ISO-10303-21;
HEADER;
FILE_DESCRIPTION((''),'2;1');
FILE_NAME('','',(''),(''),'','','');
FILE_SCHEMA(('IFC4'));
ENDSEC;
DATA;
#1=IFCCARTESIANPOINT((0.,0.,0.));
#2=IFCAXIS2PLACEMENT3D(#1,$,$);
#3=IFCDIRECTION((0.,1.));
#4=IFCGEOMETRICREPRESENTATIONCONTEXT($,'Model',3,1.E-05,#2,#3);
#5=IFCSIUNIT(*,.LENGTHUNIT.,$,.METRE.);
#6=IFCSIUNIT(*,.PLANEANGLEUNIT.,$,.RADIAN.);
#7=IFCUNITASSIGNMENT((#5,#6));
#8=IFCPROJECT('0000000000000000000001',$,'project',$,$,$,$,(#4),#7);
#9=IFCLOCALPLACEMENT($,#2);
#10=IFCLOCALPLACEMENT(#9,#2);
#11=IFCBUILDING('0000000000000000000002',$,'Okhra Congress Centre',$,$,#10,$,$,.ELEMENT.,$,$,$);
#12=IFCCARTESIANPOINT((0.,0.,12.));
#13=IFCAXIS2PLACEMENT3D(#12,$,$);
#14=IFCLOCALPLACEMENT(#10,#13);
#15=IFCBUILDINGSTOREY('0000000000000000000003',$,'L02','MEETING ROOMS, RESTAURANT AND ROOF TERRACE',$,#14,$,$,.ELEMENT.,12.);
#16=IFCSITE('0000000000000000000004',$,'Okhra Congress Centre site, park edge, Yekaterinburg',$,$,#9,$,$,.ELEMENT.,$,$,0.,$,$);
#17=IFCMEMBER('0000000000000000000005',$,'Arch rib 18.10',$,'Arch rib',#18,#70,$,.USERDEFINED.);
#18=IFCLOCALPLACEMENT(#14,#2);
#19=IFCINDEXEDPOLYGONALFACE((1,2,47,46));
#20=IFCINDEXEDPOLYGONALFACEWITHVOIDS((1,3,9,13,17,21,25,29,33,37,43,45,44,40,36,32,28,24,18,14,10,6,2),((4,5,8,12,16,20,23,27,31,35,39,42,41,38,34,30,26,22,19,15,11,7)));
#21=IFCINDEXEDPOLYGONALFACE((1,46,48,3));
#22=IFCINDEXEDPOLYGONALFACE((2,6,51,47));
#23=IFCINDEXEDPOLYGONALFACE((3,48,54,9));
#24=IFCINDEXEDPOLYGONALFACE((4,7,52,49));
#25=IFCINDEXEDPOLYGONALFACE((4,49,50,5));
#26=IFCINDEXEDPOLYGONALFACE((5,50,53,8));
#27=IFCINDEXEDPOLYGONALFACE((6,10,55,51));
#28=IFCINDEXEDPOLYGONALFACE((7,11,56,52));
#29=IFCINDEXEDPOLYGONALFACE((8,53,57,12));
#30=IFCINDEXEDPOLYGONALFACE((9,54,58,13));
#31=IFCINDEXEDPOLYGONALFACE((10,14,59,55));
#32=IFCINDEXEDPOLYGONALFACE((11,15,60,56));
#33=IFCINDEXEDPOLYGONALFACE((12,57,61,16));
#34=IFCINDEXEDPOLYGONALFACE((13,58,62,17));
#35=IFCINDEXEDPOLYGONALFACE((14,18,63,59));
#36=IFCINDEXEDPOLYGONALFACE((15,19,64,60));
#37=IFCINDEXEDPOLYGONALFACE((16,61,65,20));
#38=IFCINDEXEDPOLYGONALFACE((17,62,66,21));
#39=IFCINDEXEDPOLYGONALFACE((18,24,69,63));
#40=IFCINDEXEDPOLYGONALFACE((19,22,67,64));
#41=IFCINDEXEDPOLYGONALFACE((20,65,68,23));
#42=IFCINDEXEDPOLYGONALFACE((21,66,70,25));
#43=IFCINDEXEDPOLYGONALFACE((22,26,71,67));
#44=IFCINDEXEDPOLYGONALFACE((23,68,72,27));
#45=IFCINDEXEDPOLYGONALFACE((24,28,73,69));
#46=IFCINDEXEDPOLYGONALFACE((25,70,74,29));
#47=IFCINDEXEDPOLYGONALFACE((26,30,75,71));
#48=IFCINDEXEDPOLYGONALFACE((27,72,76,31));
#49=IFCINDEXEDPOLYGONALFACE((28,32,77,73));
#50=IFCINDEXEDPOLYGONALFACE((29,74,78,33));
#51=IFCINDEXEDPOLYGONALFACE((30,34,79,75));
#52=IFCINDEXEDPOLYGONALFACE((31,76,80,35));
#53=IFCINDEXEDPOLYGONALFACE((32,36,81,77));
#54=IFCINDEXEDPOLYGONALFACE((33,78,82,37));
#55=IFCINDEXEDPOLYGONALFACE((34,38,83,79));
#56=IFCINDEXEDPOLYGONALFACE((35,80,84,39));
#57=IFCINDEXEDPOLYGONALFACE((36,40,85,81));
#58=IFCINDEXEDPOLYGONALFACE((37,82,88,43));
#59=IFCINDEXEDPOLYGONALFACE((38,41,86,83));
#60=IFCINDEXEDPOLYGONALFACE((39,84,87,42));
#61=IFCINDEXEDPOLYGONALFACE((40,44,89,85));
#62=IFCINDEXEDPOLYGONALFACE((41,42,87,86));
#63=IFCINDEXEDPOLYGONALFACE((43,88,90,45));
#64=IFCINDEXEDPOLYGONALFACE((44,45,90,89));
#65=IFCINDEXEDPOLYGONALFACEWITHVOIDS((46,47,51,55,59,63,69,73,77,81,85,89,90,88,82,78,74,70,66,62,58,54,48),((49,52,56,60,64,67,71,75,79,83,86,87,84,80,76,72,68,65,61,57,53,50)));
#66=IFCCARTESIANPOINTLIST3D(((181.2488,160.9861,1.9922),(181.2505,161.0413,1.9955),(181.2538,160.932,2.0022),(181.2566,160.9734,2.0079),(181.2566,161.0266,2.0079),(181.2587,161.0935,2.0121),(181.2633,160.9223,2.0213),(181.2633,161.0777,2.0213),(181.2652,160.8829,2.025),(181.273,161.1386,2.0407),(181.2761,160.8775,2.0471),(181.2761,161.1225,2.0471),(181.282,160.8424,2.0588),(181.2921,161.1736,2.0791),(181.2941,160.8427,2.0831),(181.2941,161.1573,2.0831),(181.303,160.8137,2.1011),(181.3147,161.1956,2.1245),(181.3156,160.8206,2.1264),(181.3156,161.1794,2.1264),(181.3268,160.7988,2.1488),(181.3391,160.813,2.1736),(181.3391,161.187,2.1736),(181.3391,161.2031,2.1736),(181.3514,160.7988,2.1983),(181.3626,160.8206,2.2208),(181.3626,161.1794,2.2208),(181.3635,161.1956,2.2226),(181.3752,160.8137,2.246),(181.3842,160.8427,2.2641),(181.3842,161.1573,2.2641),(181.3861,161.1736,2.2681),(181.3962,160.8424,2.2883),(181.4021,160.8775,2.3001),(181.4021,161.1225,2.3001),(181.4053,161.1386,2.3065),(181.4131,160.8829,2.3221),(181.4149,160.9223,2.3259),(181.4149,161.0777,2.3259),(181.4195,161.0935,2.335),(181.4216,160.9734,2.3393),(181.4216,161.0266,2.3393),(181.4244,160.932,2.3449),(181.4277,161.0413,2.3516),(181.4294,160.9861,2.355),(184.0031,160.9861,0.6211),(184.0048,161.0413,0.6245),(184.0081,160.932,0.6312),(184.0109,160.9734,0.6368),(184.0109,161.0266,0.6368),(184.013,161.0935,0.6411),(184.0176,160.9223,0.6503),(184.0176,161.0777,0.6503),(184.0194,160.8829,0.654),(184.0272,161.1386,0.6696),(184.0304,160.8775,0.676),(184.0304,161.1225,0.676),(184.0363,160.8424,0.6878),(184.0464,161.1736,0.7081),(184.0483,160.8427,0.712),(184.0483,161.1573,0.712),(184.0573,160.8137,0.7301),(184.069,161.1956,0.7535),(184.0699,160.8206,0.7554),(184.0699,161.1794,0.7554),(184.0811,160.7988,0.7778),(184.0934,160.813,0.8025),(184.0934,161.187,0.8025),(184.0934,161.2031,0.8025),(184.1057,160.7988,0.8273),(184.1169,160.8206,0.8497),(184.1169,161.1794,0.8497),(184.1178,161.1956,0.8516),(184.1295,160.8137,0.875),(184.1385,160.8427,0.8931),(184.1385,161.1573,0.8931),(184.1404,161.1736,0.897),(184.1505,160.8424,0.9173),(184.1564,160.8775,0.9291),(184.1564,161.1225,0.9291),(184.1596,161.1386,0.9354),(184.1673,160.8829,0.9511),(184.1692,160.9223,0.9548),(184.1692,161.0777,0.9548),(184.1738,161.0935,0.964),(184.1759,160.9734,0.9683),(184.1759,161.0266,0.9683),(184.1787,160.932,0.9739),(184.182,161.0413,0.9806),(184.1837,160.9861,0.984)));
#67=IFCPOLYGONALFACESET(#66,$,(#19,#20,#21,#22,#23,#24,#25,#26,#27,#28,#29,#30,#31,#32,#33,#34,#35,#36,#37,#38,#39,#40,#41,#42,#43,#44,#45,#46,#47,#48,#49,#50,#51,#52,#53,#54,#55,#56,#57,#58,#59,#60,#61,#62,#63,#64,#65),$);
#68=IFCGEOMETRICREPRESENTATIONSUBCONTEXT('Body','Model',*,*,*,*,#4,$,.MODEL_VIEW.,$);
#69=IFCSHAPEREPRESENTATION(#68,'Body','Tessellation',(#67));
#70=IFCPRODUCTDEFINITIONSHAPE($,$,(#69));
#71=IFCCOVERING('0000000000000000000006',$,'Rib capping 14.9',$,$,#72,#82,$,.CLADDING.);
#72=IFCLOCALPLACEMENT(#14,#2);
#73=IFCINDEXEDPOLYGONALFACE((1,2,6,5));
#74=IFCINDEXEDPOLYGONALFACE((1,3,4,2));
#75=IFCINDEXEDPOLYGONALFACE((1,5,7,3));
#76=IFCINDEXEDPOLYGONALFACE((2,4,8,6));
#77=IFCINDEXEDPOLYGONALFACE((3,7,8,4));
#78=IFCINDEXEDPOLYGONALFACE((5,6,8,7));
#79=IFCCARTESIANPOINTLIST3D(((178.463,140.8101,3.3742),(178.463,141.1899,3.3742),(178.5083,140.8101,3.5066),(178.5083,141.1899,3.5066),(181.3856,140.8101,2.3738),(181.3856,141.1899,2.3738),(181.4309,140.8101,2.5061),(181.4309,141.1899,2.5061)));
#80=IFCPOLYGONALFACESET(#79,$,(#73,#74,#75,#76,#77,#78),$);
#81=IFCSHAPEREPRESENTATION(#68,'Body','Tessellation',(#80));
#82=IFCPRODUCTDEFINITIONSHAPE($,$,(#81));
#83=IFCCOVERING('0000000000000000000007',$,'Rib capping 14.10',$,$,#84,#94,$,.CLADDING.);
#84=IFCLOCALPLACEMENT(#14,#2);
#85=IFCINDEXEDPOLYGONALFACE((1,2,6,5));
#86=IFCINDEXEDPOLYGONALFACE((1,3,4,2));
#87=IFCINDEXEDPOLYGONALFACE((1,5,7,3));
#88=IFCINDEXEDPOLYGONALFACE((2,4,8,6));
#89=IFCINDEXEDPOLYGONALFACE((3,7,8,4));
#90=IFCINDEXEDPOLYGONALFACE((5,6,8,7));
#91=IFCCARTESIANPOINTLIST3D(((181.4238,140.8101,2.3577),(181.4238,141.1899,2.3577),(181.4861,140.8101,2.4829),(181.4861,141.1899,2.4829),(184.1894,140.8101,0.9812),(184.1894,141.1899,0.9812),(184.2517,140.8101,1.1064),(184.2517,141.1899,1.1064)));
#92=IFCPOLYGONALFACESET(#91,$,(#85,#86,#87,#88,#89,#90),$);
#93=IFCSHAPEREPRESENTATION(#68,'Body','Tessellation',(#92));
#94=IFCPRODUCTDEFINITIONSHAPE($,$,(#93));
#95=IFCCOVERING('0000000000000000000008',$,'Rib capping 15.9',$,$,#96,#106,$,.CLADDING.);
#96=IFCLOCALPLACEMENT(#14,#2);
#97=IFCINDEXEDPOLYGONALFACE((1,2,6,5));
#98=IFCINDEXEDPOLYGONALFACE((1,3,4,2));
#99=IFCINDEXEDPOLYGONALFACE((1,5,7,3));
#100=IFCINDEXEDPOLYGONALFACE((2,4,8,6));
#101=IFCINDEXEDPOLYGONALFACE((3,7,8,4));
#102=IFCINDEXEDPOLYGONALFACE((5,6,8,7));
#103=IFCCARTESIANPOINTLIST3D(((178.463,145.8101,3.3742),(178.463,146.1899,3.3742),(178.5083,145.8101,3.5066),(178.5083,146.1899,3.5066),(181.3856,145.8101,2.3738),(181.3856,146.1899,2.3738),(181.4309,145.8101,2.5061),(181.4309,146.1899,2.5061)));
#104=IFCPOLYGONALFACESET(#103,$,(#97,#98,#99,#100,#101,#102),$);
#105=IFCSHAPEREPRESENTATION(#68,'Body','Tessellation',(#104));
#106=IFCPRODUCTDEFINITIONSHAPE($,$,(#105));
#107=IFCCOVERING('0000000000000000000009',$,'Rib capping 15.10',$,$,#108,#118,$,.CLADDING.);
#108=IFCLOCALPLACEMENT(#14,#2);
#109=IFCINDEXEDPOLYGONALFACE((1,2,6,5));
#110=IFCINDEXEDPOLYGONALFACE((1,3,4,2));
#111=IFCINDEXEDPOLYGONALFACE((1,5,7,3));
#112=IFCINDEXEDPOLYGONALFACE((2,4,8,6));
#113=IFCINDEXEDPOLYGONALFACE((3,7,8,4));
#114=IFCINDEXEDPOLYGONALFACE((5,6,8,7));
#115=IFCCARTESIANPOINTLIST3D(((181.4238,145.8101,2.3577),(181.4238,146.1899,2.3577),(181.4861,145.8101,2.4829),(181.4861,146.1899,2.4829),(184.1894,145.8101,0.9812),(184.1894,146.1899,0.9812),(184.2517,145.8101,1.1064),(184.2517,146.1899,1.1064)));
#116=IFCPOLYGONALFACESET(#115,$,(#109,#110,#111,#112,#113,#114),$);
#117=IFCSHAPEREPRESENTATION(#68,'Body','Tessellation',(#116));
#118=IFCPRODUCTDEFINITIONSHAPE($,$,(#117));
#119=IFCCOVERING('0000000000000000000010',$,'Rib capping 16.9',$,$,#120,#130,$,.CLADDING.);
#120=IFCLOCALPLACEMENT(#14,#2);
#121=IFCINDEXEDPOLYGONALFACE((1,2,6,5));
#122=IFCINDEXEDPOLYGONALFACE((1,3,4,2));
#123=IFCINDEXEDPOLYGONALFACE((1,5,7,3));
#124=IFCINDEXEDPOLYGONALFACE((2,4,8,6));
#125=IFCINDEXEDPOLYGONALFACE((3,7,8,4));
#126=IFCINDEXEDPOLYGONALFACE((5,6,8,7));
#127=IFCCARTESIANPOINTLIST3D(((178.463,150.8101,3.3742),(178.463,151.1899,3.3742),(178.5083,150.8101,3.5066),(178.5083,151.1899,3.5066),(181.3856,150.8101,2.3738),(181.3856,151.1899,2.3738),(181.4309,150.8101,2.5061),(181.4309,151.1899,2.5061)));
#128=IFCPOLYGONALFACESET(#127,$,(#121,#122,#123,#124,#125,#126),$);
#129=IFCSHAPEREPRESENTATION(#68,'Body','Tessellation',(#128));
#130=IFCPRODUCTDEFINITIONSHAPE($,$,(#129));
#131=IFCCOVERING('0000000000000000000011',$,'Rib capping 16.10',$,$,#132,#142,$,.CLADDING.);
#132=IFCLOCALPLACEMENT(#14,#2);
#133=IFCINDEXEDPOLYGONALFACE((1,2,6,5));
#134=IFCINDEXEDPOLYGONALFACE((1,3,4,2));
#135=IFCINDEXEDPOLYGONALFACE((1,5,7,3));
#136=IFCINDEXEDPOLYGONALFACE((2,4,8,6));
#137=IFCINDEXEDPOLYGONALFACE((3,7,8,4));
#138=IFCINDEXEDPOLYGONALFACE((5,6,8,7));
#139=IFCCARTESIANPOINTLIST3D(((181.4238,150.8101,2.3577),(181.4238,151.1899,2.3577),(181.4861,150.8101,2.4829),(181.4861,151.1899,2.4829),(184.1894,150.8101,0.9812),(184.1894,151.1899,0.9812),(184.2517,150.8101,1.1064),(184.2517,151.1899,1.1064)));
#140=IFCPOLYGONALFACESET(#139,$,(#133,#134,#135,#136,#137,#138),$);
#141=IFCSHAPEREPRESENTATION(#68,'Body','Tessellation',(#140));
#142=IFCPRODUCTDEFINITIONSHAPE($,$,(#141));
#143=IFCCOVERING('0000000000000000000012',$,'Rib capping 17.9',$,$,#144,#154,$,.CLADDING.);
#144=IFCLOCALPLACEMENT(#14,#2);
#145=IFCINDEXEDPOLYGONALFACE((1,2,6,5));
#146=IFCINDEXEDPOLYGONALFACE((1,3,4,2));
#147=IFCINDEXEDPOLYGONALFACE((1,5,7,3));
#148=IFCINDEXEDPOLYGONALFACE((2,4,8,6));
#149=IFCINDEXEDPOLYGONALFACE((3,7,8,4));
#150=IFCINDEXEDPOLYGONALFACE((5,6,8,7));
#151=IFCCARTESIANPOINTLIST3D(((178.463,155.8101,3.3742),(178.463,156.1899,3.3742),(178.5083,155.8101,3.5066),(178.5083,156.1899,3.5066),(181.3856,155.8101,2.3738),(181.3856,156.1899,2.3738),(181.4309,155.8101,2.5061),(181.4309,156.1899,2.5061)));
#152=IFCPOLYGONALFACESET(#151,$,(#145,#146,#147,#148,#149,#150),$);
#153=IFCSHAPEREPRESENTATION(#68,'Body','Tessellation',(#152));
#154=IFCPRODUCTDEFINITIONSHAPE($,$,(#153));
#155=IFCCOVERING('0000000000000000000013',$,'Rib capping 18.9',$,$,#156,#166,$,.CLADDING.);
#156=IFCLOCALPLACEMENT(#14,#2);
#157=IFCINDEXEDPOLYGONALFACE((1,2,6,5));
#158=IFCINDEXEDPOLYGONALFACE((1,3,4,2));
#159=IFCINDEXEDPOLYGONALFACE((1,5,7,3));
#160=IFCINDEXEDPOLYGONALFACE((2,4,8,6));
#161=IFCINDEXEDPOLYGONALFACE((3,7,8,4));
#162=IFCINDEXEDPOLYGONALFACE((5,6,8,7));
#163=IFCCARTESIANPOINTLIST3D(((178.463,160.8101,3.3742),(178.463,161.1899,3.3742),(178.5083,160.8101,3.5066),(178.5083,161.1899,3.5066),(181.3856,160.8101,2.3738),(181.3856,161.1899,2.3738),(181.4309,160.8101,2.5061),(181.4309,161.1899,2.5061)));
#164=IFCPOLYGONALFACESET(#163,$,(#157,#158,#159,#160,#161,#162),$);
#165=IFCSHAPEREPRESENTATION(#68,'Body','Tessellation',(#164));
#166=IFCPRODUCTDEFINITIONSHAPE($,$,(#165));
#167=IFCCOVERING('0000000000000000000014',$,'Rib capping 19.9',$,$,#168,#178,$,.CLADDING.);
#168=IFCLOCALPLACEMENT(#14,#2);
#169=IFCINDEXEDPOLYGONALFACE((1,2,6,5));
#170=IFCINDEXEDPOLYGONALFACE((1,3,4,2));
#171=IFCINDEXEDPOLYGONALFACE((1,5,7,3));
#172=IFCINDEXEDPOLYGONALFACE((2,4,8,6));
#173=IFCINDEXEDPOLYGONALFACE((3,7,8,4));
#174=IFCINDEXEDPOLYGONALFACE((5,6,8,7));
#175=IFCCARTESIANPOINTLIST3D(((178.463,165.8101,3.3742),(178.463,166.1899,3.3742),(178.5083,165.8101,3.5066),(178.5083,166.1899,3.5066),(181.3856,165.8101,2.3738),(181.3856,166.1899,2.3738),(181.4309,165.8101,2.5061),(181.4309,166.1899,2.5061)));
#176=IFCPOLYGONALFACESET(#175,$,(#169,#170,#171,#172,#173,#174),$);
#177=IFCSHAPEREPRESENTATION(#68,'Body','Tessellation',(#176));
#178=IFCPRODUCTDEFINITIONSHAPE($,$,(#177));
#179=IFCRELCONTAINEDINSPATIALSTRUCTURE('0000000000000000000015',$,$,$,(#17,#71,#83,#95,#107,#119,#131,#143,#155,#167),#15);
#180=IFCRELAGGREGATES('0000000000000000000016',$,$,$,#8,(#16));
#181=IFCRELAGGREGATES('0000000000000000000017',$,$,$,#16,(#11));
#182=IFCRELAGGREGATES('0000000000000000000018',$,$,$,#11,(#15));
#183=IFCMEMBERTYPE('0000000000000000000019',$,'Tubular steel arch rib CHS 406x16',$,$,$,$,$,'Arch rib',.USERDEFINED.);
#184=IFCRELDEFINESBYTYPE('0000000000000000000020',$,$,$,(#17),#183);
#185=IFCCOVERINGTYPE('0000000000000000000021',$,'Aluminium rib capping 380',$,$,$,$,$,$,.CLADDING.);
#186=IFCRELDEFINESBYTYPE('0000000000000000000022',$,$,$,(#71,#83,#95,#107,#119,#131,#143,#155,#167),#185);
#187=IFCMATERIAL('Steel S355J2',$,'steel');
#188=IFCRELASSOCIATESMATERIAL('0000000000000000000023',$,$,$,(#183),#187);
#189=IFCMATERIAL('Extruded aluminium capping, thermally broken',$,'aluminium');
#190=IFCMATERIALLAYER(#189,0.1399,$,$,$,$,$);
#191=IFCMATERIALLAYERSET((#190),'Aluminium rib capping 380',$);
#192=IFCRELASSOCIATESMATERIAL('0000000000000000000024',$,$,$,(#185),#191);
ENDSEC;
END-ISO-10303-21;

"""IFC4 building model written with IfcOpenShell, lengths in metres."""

from ifc_helpers import new_model, si_unit, direction, frame, origin, origin_2d, place, context, subcontext, project, spatial, polyline, hollow_circle, outline, extrude, material, layer, layer_set, material_profile, profile_set, type_object, element, save


model = new_model("IFC4")

# Units and contexts
model_context = context("Model", 3, precision=1e-05, world=origin(), true_north=direction((0.0, 1.0)))
body_context = subcontext(model_context, "Body", "Model", "MODEL_VIEW")
ifc_project = project(units=[si_unit("LENGTHUNIT", "METRE"), si_unit("PLANEANGLEUNIT", "RADIAN")], contexts=[model_context])

# Site, building, storey
site_placement = place(None, origin())
site = spatial("IfcSite", under=ifc_project, at=site_placement, Name="Okhra Congress Centre site, park edge, Yekaterinburg", CompositionType="ELEMENT", RefElevation=0.0)
building_placement = place(site_placement, origin())
building = spatial("IfcBuilding", under=site, at=building_placement, Name="Okhra Congress Centre", CompositionType="ELEMENT")
storey_placement = place(building_placement, frame((0.0, 0.0, 12.0)))
storey = spatial("IfcBuildingStorey", under=building, at=storey_placement, Name="L02", Description="MEETING ROOMS, RESTAURANT AND ROOF TERRACE", CompositionType="ELEMENT", Elevation=12.0)

# Member
ifc_material_1 = material(Name="Steel S355J2", Category="steel")
ifc_material_profile_1 = material_profile(ifc_material_1, hollow_circle(Radius=0.2031, WallThickness=0.0161, at=origin_2d()), Name="CHS 406.4x16")
ifc_profile_set_1 = profile_set([ifc_material_profile_1], Name="Steel S355J2")
member_type_1 = type_object("IfcMemberType", Name="Tubular steel arch rib CHS 406x16", ElementType="Arch rib", PredefinedType="USERDEFINED", material=ifc_profile_set_1)
for number, where, z_axis, x_axis, name in (
    (1, (181.3391, 161.0, 2.1736), (0.895219, 0.0, -0.445626), (0.0, 1.0, 0.0), "Arch rib 18.10"),
):
    element("IfcMember", number, at=place(storey_placement, frame(where, z_axis=z_axis, x_axis=x_axis)), inside=storey, type_object=member_type_1, Name=name, ObjectType="Arch rib", PredefinedType="USERDEFINED", context=body_context, shape_type="SweptSolid", body=[
        extrude(hollow_circle(Radius=0.2031, WallThickness=0.0161, at=origin_2d()), origin(), (0.0, 0.0, 1.0), 3.0767),
    ])

# Coverings
ifc_material_2 = material(Name="Extruded aluminium capping, thermally broken", Category="aluminium")
ifc_layer = layer(ifc_material_2, 0.1399)
ifc_layer_set = layer_set([ifc_layer], Name="Aluminium rib capping 380")
covering_type = type_object("IfcCoveringType", Name="Aluminium rib capping 380", PredefinedType="CLADDING", material=ifc_layer_set)
covering_1_placement = place(storey_placement, frame((178.5083, 140.8101, 3.5066), z_axis=(0.323876, 0.0, 0.9461), x_axis=(0.9461, 0.0, -0.323876)))
element("IfcCovering", 2, at=covering_1_placement, inside=storey, type_object=covering_type, Name="Rib capping 14.9", PredefinedType="CLADDING", context=body_context, shape_type="SweptSolid", body=[
    extrude(outline(polyline([(0.0, 0.0), (3.0891, 0.0), (3.0891, 0.3799), (0.0, 0.3799), (0.0, 0.0)])), origin(), (0.0, 0.0, -1.0), 0.1399),
])
covering_2_placement = place(storey_placement, frame((181.4861, 140.8101, 2.4829), z_axis=(0.445569, 0.0, 0.895248), x_axis=(0.895248, 0.0, -0.445569)))
element("IfcCovering", 3, at=covering_2_placement, inside=storey, type_object=covering_type, Name="Rib capping 14.10", PredefinedType="CLADDING", context=body_context, shape_type="SweptSolid", body=[
    extrude(outline(polyline([(0.0, 0.0), (3.0892, 0.0), (3.0892, 0.3799), (0.0, 0.3799), (0.0, 0.0)])), origin(), (0.0, 0.0, -1.0), 0.1399),
])
covering_3_placement = place(storey_placement, frame((178.5083, 145.8101, 3.5066), z_axis=(0.323876, 0.0, 0.9461), x_axis=(0.9461, 0.0, -0.323876)))
element("IfcCovering", 4, at=covering_3_placement, inside=storey, type_object=covering_type, Name="Rib capping 15.9", PredefinedType="CLADDING", context=body_context, shape_type="SweptSolid", body=[
    extrude(outline(polyline([(0.0, 0.0), (3.0891, 0.0), (3.0891, 0.3799), (0.0, 0.3799), (0.0, 0.0)])), origin(), (0.0, 0.0, -1.0), 0.1399),
])
covering_4_placement = place(storey_placement, frame((181.4861, 145.8101, 2.4829), z_axis=(0.445569, 0.0, 0.895248), x_axis=(0.895248, 0.0, -0.445569)))
element("IfcCovering", 5, at=covering_4_placement, inside=storey, type_object=covering_type, Name="Rib capping 15.10", PredefinedType="CLADDING", context=body_context, shape_type="SweptSolid", body=[
    extrude(outline(polyline([(0.0, 0.0), (3.0892, 0.0), (3.0892, 0.3799), (0.0, 0.3799), (0.0, 0.0)])), origin(), (0.0, 0.0, -1.0), 0.1399),
])
covering_5_placement = place(storey_placement, frame((178.5083, 150.8101, 3.5066), z_axis=(0.323876, 0.0, 0.9461), x_axis=(0.9461, 0.0, -0.323876)))
element("IfcCovering", 6, at=covering_5_placement, inside=storey, type_object=covering_type, Name="Rib capping 16.9", PredefinedType="CLADDING", context=body_context, shape_type="SweptSolid", body=[
    extrude(outline(polyline([(0.0, 0.0), (3.0891, 0.0), (3.0891, 0.3799), (0.0, 0.3799), (0.0, 0.0)])), origin(), (0.0, 0.0, -1.0), 0.1399),
])
covering_6_placement = place(storey_placement, frame((181.4861, 150.8101, 2.4829), z_axis=(0.445569, 0.0, 0.895248), x_axis=(0.895248, 0.0, -0.445569)))
element("IfcCovering", 7, at=covering_6_placement, inside=storey, type_object=covering_type, Name="Rib capping 16.10", PredefinedType="CLADDING", context=body_context, shape_type="SweptSolid", body=[
    extrude(outline(polyline([(0.0, 0.0), (3.0892, 0.0), (3.0892, 0.3799), (0.0, 0.3799), (0.0, 0.0)])), origin(), (0.0, 0.0, -1.0), 0.1399),
])
for number, where, z_axis, x_axis, name in (
    (8, (178.5083, 155.8101, 3.5066), (0.323876, 0.0, 0.9461), (0.9461, 0.0, -0.323876), "Rib capping 17.9"),
    (9, (178.5083, 160.8101, 3.5066), (0.323876, 0.0, 0.9461), (0.9461, 0.0, -0.323876), "Rib capping 18.9"),
    (10, (178.5083, 165.8101, 3.5066), (0.323876, 0.0, 0.9461), (0.9461, 0.0, -0.323876), "Rib capping 19.9"),
):
    element("IfcCovering", number, at=place(storey_placement, frame(where, z_axis=z_axis, x_axis=x_axis)), inside=storey, type_object=covering_type, Name=name, PredefinedType="CLADDING", context=body_context, shape_type="SweptSolid", body=[
        extrude(outline(polyline([(0.0, 0.0), (3.0891, 0.0), (3.0891, 0.3799), (0.0, 0.3799), (0.0, 0.0)])), origin(), (0.0, 0.0, -1.0), 0.1399),
    ])

save(model, "model.ifc")
